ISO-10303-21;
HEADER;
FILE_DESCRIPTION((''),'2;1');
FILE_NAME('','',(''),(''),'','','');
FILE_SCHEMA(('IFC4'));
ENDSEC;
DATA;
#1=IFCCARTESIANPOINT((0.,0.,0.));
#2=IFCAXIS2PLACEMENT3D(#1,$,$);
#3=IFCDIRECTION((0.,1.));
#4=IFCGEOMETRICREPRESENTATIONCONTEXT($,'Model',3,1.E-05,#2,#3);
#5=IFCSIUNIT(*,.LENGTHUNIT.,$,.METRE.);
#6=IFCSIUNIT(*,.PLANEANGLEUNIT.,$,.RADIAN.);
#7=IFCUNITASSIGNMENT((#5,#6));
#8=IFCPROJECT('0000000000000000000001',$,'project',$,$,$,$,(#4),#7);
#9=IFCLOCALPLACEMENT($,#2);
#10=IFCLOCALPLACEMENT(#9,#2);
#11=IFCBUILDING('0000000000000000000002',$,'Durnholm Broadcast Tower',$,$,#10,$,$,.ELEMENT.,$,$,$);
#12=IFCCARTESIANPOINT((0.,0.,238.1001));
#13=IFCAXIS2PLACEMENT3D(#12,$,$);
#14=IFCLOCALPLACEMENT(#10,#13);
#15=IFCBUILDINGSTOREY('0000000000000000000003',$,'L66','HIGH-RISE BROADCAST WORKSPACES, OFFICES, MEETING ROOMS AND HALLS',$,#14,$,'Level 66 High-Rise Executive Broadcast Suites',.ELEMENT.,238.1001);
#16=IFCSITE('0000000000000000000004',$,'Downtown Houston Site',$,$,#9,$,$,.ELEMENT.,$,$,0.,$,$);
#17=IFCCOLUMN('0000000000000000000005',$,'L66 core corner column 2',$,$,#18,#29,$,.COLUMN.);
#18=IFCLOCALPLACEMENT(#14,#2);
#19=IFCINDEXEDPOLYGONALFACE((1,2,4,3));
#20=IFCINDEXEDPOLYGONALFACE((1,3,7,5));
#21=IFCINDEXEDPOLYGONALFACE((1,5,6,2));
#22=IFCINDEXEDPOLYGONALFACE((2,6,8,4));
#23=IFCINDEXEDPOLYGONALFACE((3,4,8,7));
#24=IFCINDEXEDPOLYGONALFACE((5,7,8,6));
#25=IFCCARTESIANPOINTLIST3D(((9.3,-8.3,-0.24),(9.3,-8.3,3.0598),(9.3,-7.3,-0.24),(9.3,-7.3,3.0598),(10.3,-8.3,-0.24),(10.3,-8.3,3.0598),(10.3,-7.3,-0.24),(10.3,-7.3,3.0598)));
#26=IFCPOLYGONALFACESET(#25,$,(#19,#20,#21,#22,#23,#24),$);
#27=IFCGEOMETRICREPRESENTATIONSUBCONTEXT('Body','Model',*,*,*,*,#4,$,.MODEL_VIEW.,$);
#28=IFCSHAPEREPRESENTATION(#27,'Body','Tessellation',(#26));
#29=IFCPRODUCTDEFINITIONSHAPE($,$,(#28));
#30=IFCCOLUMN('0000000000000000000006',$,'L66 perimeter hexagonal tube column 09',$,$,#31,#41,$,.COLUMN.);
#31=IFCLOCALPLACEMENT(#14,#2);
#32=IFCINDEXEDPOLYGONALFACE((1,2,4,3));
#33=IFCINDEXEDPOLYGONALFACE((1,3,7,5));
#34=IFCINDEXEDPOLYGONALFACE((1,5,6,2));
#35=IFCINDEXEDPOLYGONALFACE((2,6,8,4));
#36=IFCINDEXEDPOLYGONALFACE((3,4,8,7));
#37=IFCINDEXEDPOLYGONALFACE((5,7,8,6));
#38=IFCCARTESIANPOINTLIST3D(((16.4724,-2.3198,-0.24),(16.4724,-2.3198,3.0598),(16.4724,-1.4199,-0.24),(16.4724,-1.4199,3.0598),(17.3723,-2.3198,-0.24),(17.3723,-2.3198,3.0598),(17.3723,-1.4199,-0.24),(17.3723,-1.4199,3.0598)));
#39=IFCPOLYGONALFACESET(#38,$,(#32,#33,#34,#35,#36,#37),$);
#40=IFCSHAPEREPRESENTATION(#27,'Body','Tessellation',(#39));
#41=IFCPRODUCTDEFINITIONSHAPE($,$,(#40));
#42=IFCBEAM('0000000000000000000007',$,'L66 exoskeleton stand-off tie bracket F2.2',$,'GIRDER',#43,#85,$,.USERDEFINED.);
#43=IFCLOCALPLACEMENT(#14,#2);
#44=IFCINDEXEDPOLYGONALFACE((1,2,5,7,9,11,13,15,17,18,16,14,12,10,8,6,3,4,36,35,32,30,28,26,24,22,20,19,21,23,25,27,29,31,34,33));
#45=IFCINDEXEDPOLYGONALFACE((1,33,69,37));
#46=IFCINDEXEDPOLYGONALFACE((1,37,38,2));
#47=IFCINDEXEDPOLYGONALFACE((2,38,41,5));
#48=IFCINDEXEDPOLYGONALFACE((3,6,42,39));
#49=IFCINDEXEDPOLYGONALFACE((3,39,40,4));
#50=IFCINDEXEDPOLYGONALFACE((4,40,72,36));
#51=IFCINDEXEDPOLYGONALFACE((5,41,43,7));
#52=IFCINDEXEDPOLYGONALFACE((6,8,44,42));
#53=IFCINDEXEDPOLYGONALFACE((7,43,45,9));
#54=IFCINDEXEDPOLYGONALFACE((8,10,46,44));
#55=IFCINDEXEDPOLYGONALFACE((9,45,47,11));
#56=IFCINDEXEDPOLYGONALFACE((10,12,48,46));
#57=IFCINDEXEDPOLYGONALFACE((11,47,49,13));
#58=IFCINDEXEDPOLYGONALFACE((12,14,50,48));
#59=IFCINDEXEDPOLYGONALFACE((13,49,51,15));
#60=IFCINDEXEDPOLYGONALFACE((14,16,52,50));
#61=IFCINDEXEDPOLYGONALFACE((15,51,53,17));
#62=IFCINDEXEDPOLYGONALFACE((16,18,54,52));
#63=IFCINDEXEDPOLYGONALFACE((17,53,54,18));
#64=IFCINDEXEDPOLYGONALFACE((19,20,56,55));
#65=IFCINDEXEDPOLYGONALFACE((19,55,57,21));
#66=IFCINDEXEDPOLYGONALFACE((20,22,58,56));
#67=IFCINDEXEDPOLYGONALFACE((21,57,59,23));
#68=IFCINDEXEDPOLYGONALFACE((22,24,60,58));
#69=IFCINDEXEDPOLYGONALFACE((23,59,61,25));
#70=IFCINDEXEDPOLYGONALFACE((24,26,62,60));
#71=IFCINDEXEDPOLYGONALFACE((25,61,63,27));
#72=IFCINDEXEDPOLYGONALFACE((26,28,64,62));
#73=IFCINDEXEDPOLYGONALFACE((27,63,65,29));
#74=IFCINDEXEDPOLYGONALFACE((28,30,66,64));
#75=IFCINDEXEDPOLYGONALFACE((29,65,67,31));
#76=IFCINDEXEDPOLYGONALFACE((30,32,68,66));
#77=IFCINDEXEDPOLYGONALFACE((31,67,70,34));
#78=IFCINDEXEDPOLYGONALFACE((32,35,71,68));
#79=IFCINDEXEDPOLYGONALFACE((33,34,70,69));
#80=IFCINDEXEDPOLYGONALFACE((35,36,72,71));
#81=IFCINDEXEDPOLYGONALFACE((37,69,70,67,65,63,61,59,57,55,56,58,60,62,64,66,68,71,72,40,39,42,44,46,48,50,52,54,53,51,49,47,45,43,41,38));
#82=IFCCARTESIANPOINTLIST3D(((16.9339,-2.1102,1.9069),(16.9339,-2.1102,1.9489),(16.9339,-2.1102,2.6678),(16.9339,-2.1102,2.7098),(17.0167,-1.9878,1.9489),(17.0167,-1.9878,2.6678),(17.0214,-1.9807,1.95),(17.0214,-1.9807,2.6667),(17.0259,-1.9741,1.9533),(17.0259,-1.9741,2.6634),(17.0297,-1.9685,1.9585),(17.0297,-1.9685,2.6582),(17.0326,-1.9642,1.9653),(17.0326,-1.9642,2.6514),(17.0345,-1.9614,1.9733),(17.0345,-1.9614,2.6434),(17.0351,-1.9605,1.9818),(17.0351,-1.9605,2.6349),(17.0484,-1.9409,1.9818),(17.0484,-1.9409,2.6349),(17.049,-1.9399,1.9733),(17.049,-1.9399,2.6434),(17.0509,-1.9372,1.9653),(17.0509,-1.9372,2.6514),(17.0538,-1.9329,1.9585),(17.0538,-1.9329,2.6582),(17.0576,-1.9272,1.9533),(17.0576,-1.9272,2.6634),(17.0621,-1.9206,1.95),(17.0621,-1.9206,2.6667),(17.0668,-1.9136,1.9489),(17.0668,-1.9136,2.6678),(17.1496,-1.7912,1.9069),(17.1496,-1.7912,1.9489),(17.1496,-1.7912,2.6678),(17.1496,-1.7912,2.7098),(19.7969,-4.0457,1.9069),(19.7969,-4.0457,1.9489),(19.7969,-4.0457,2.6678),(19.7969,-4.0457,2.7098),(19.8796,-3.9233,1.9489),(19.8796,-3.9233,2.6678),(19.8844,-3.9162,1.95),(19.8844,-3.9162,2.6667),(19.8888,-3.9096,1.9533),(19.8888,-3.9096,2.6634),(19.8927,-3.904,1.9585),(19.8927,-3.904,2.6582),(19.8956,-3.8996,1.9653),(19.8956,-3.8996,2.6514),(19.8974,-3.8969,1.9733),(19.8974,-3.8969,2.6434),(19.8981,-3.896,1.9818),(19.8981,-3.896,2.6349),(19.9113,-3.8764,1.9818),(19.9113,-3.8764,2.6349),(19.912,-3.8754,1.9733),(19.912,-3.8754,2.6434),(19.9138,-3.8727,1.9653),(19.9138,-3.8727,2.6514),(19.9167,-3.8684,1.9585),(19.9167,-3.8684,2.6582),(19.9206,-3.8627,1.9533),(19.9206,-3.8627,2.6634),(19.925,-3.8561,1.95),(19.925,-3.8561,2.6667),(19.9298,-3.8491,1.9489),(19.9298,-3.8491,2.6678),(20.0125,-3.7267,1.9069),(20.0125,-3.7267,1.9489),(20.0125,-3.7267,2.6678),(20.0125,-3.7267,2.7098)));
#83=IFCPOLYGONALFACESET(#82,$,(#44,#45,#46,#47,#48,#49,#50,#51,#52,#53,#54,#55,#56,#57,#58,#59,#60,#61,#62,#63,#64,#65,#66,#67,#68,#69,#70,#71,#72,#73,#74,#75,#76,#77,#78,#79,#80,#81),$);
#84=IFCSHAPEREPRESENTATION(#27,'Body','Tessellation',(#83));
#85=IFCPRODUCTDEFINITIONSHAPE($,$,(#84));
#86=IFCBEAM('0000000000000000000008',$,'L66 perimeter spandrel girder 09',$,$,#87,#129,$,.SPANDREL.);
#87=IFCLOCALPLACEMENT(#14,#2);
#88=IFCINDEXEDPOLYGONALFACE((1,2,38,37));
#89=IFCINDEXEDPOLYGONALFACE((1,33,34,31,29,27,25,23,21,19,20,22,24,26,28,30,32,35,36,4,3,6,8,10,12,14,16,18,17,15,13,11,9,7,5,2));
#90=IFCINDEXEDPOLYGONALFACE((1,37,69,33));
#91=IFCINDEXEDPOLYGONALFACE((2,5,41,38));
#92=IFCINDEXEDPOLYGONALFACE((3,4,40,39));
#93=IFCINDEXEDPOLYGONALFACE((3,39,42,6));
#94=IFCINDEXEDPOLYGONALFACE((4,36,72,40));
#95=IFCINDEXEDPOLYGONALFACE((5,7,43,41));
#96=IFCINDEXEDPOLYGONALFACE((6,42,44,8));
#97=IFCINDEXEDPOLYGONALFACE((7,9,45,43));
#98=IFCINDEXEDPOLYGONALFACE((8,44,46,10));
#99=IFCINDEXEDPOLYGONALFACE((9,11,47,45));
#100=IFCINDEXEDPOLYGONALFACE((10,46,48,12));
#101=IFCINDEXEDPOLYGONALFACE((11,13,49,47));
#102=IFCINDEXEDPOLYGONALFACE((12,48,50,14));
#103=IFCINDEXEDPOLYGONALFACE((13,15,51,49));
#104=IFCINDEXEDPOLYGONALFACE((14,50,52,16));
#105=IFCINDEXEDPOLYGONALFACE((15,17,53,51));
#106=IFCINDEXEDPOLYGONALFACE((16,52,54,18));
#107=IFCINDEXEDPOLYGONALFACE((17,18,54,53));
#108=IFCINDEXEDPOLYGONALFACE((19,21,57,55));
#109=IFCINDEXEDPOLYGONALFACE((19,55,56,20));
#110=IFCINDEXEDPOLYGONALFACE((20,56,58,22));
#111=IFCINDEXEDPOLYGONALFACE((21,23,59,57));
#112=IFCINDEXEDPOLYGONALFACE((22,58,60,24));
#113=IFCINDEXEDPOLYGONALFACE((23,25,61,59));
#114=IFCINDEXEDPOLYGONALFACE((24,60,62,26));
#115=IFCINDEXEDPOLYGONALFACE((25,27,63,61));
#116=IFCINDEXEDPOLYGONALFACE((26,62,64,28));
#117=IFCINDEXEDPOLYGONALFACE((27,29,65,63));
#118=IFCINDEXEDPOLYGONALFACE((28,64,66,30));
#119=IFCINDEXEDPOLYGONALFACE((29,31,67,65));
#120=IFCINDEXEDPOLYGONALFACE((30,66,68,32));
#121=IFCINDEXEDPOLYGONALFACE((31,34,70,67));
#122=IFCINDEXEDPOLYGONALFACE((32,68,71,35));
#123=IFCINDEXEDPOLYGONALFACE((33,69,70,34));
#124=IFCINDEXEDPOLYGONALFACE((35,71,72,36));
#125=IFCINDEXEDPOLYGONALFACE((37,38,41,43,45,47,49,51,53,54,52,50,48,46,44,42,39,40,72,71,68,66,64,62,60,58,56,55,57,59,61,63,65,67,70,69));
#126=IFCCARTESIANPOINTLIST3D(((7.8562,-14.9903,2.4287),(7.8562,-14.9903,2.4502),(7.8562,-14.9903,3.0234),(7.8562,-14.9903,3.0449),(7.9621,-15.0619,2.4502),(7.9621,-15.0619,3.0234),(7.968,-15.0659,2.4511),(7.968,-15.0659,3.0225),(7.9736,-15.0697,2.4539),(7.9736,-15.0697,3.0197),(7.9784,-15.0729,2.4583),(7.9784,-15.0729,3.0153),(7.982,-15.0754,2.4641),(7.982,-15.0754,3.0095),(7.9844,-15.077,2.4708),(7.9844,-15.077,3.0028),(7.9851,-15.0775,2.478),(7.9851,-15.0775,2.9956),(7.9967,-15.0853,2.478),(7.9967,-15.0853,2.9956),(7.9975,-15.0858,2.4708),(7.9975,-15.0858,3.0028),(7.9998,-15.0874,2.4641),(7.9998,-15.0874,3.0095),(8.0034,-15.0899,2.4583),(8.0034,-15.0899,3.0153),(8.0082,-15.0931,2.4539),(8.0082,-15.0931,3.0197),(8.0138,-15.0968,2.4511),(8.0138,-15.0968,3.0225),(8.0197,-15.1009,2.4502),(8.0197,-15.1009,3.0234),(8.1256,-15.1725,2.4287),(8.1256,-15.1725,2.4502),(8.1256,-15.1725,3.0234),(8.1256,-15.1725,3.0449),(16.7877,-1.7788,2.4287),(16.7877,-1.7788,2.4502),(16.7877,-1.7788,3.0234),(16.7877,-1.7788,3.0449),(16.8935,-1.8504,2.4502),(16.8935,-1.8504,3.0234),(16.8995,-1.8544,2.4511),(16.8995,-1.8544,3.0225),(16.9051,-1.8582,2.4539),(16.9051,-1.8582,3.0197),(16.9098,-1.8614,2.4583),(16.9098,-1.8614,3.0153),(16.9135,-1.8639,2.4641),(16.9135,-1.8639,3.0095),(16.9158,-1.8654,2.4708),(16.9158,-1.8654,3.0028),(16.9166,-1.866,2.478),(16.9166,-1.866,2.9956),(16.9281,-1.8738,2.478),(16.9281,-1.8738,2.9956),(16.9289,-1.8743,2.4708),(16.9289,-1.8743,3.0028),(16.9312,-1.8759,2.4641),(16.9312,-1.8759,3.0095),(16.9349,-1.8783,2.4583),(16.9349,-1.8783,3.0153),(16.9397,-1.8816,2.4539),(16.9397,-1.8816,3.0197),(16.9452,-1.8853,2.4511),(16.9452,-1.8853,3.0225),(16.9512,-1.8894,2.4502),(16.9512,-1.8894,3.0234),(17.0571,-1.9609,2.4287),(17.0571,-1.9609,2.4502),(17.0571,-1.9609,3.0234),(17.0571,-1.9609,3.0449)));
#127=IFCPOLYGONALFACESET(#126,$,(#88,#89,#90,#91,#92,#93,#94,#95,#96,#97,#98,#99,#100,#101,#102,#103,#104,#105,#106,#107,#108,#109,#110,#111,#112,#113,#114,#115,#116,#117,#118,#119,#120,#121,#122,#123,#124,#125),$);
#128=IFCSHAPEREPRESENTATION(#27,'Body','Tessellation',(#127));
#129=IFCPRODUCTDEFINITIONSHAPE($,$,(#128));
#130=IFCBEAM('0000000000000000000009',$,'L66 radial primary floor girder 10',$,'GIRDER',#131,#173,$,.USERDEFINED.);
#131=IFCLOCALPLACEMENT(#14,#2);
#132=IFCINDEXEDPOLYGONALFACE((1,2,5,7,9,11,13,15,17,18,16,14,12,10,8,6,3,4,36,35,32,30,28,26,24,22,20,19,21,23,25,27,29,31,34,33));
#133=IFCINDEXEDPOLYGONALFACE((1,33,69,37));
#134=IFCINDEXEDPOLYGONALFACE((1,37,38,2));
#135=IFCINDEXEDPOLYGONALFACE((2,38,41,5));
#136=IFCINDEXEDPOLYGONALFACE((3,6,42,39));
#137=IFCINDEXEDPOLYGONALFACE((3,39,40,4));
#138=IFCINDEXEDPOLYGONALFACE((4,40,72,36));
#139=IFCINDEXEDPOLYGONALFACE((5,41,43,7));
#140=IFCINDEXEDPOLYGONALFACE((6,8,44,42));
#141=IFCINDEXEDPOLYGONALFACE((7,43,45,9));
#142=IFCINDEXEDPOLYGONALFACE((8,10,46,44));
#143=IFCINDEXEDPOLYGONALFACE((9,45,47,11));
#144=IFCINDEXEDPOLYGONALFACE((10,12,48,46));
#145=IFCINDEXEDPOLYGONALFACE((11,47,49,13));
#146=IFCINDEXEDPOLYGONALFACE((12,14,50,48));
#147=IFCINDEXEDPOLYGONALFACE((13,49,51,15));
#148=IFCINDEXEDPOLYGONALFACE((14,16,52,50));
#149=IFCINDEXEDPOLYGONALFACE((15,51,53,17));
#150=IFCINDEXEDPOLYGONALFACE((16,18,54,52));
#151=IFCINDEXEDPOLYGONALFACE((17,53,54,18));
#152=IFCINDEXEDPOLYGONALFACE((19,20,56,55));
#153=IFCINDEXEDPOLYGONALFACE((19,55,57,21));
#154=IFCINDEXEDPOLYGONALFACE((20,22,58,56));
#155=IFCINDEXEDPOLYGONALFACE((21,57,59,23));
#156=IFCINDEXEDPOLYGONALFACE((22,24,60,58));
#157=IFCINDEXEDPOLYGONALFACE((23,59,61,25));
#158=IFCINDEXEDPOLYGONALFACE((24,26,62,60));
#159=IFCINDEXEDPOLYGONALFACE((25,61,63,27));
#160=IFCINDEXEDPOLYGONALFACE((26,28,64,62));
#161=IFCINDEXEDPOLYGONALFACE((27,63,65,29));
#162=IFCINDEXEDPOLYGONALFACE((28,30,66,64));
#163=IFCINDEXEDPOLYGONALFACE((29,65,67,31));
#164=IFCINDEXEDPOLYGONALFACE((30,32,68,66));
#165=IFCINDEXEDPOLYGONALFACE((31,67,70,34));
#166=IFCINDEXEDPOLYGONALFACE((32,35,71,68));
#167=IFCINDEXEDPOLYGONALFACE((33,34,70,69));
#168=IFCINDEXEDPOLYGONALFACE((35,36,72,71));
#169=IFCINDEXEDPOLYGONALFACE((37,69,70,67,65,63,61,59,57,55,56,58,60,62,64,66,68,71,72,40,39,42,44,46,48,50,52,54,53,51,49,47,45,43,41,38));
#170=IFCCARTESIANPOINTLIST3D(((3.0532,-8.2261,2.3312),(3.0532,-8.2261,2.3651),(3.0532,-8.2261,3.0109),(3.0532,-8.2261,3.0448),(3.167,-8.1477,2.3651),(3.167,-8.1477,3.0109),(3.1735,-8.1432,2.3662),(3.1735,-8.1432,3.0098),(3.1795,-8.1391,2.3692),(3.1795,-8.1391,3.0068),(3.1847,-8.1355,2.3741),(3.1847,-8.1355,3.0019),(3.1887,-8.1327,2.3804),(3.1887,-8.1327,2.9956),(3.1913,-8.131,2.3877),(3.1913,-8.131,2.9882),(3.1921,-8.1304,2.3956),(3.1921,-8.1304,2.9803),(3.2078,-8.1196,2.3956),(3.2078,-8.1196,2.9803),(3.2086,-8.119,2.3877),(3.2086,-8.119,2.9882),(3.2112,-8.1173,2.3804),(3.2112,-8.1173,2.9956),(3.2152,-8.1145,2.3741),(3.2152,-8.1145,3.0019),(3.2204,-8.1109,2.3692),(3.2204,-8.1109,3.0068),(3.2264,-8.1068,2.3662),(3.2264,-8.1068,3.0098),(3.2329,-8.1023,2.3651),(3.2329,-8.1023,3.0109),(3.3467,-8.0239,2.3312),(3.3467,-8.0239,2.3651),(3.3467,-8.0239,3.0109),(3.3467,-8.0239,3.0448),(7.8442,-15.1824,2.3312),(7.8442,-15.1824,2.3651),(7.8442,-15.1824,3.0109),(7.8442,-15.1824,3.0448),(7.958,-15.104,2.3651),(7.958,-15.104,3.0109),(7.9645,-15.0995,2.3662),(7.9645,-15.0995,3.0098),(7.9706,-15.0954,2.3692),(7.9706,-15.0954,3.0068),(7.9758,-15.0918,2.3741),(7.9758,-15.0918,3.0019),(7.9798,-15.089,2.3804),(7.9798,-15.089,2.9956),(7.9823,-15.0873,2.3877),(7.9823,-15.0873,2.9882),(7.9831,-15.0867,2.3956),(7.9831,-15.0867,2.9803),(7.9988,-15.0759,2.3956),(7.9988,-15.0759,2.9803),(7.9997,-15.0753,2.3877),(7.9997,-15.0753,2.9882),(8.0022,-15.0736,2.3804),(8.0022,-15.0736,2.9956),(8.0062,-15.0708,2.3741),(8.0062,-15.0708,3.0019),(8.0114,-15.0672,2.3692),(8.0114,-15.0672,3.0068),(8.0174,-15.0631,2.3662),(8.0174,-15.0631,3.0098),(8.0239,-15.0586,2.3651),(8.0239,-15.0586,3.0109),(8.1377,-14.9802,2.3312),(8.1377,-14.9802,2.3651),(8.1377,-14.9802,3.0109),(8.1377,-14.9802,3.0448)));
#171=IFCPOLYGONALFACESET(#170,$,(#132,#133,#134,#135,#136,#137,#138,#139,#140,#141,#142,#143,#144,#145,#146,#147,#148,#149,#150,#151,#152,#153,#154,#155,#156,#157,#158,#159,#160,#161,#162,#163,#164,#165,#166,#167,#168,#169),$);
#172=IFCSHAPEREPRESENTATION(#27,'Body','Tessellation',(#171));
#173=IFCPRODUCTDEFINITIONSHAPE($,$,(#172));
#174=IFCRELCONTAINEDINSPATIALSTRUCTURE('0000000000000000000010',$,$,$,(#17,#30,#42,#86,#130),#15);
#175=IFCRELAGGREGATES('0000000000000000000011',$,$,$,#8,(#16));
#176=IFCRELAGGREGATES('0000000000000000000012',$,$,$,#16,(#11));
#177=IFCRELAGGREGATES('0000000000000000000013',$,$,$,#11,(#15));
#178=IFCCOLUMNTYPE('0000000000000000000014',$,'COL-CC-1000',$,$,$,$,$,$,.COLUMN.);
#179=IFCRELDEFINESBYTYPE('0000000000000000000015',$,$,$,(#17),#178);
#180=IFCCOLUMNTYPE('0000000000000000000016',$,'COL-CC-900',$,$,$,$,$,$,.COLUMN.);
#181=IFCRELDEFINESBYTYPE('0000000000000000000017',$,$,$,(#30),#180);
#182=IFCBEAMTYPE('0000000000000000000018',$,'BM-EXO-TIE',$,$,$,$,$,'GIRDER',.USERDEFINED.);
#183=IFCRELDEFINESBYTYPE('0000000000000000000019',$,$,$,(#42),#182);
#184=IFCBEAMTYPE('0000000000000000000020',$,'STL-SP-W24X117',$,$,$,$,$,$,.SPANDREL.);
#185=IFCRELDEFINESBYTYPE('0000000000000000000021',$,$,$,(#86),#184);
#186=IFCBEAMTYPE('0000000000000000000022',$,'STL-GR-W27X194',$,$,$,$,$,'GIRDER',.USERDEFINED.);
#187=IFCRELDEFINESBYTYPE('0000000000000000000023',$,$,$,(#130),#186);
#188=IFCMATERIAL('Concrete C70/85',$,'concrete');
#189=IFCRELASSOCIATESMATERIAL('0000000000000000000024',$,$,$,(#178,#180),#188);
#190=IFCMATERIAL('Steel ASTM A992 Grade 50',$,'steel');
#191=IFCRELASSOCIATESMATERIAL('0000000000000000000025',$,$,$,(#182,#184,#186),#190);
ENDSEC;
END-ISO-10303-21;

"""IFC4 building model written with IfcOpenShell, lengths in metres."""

from ifc_helpers import new_model, si_unit, direction, frame, origin, origin_2d, place, context, subcontext, project, spatial, rectangle, i_section, extrude, source, transform, mapped, material, material_profile, profile_set, type_object, type_shapes, element, save


model = new_model("IFC4")

# Units and contexts
model_context = context("Model", 3, precision=1e-05, world=origin(), true_north=direction((0.0, 1.0)))
body_context = subcontext(model_context, "Body", "Model", "MODEL_VIEW")
ifc_project = project(units=[si_unit("LENGTHUNIT", "METRE"), si_unit("PLANEANGLEUNIT", "RADIAN")], contexts=[model_context])

# Site, building, storey
site_placement = place(None, origin())
site = spatial("IfcSite", under=ifc_project, at=site_placement, Name="Downtown Houston Site", CompositionType="ELEMENT", RefElevation=0.0)
building_placement = place(site_placement, origin())
building = spatial("IfcBuilding", under=site, at=building_placement, Name="Durnholm Broadcast Tower", CompositionType="ELEMENT")
storey_placement = place(building_placement, frame((0.0, 0.0, 238.1001)))
storey = spatial("IfcBuildingStorey", under=building, at=storey_placement, Name="L66", Description="HIGH-RISE BROADCAST WORKSPACES, OFFICES, MEETING ROOMS AND HALLS", LongName="Level 66 High-Rise Executive Broadcast Suites", CompositionType="ELEMENT", Elevation=238.1001)

# Columns
ifc_material_1 = material(Name="Concrete C70/85", Category="concrete")
ifc_material_profile_1 = material_profile(ifc_material_1, rectangle(XDim=1.0, YDim=1.0, at=origin_2d()), Name="RC1000X1000")
ifc_profile_set_1 = profile_set([ifc_material_profile_1], Name="Concrete C70/85")
column_type_1 = type_object("IfcColumnType", Name="COL-CC-1000", PredefinedType="COLUMN", material=ifc_profile_set_1)
shared_shape_1 = source(origin(), body_context, "Body", "SweptSolid", [
    extrude(rectangle(XDim=1.0, YDim=1.0, at=origin_2d()), origin(), (0.0, 0.0, 1.0), 3.2998),
])
type_shapes(column_type_1, [shared_shape_1])
column_1_placement = place(storey_placement, frame((9.8, -7.8, -0.24), z_axis=(0.0, 0.0, 1.0), x_axis=(1.0, 0.0, 0.0)))
element("IfcColumn", 1, at=column_1_placement, inside=storey, type_object=column_type_1, Name="L66 core corner column 2", PredefinedType="COLUMN", context=body_context, shape_type="MappedRepresentation", body=[
    mapped(shared_shape_1, transform((0.0, 0.0, 0.0), x_axis=(1.0, 0.0, 0.0), y_axis=(0.0, 1.0, 0.0), z_axis=(0.0, 0.0, 1.0), scale=1.0)),
])
ifc_material_profile_2 = material_profile(ifc_material_1, rectangle(XDim=0.8999, YDim=0.8999, at=origin_2d()), Name="RC900X900")
ifc_profile_set_2 = profile_set([ifc_material_profile_2], Name="Concrete C70/85")
column_type_2 = type_object("IfcColumnType", Name="COL-CC-900", PredefinedType="COLUMN", material=ifc_profile_set_2)
shared_shape_2 = source(origin(), body_context, "Body", "SweptSolid", [
    extrude(rectangle(XDim=0.8999, YDim=0.8999, at=origin_2d()), origin(), (0.0, 0.0, 1.0), 3.2998),
])
type_shapes(column_type_2, [shared_shape_2])
column_2_placement = place(storey_placement, frame((16.9224, -1.8699, -0.24), z_axis=(0.0, 0.0, 1.0), x_axis=(1.0, 0.0, 0.0)))
element("IfcColumn", 2, at=column_2_placement, inside=storey, type_object=column_type_2, Name="L66 perimeter hexagonal tube column 09", PredefinedType="COLUMN", context=body_context, shape_type="MappedRepresentation", body=[
    mapped(shared_shape_2, transform((0.0, 0.0, 0.0), x_axis=(1.0, 0.0, 0.0), y_axis=(0.0, 1.0, 0.0), z_axis=(0.0, 0.0, 1.0), scale=1.0)),
])

# Beams
ifc_material_2 = material(Name="Steel ASTM A992 Grade 50", Category="steel")
ifc_material_profile_3 = material_profile(ifc_material_2, i_section(OverallWidth=0.385, OverallDepth=0.803, WebThickness=0.0237, FlangeThickness=0.042, FilletRadius=0.033, at=origin_2d()), Name="W30X261")
ifc_profile_set_3 = profile_set([ifc_material_profile_3], Name="Steel ASTM A992 Grade 50")
beam_type_1 = type_object("IfcBeamType", Name="BM-EXO-TIE", ElementType="GIRDER", PredefinedType="USERDEFINED", material=ifc_profile_set_3)
shared_shape_3 = source(origin(), body_context, "Body", "SweptSolid", [
    extrude(i_section(OverallWidth=0.385, OverallDepth=0.803, WebThickness=0.0237, FlangeThickness=0.042, FilletRadius=0.033, at=origin_2d()), origin(), (0.0, 0.0, 1.0), 3.4558),
])
type_shapes(beam_type_1, [shared_shape_3])
beam_1_placement = place(storey_placement, frame((17.0417, -1.9507, 2.3083), z_axis=(0.828446, -0.560068, 0.0), x_axis=(0.560068, 0.828446, 0.0)))
element("IfcBeam", 3, at=beam_1_placement, inside=storey, type_object=beam_type_1, Name="L66 exoskeleton stand-off tie bracket F2.2", ObjectType="GIRDER", PredefinedType="USERDEFINED", context=body_context, shape_type="MappedRepresentation", body=[
    mapped(shared_shape_3, transform((0.0, 0.0, 0.0), x_axis=(1.0, 0.0, 0.0), y_axis=(0.0, 1.0, 0.0), z_axis=(0.0, 0.0, 1.0), scale=1.0)),
])
ifc_material_profile_4 = material_profile(ifc_material_2, i_section(OverallWidth=0.3252, OverallDepth=0.6162, WebThickness=0.0139, FlangeThickness=0.0215, FilletRadius=0.0278, at=origin_2d()), Name="W24X117")
ifc_profile_set_4 = profile_set([ifc_material_profile_4], Name="Steel ASTM A992 Grade 50")
beam_type_2 = type_object("IfcBeamType", Name="STL-SP-W24X117", PredefinedType="SPANDREL", material=ifc_profile_set_4)
shared_shape_4 = source(origin(), body_context, "Body", "SweptSolid", [
    extrude(i_section(OverallWidth=0.3252, OverallDepth=0.6162, WebThickness=0.0139, FlangeThickness=0.0215, FilletRadius=0.0278, at=origin_2d()), origin(), (0.0, 0.0, 1.0), 15.9473),
])
type_shapes(beam_type_2, [shared_shape_4])
beam_2_placement = place(storey_placement, frame((16.9224, -1.8699, 2.7368), z_axis=(-0.560062, -0.828451, 0.0), x_axis=(0.828451, -0.560062, 0.0)))
element("IfcBeam", 4, at=beam_2_placement, inside=storey, type_object=beam_type_2, Name="L66 perimeter spandrel girder 09", PredefinedType="SPANDREL", context=body_context, shape_type="MappedRepresentation", body=[
    mapped(shared_shape_4, transform((0.0, 0.0, 0.0), x_axis=(1.0, 0.0, 0.0), y_axis=(0.0, 1.0, 0.0), z_axis=(0.0, 0.0, 1.0), scale=1.0)),
])
ifc_material_profile_5 = material_profile(ifc_material_2, i_section(OverallWidth=0.3564, OverallDepth=0.7136, WebThickness=0.019, FlangeThickness=0.0339, FilletRadius=0.0305, at=origin_2d()), Name="W27X194")
ifc_profile_set_5 = profile_set([ifc_material_profile_5], Name="Steel ASTM A992 Grade 50")
beam_type_3 = type_object("IfcBeamType", Name="STL-GR-W27X194", ElementType="GIRDER", PredefinedType="USERDEFINED", material=ifc_profile_set_5)
shared_shape_5 = source(origin(), body_context, "Body", "SweptSolid", [
    extrude(i_section(OverallWidth=0.3564, OverallDepth=0.7136, WebThickness=0.019, FlangeThickness=0.0339, FilletRadius=0.0305, at=origin_2d()), origin(), (0.0, 0.0, 1.0), 8.4465),
])
beam_3_placement = place(storey_placement, frame((3.2, -8.125, 2.688), z_axis=(0.567217, -0.823569, 0.0), x_axis=(0.823569, 0.567217, 0.0)))
element("IfcBeam", 5, at=beam_3_placement, inside=storey, type_object=beam_type_3, Name="L66 radial primary floor girder 10", ObjectType="GIRDER", PredefinedType="USERDEFINED", context=body_context, shape_type="MappedRepresentation", body=[
    mapped(shared_shape_5, transform((0.0, 0.0, 0.0), x_axis=(1.0, 0.0, 0.0), y_axis=(0.0, 1.0, 0.0), z_axis=(0.0, 0.0, 1.0), scale=1.0)),
])

save(model, "model.ifc")
